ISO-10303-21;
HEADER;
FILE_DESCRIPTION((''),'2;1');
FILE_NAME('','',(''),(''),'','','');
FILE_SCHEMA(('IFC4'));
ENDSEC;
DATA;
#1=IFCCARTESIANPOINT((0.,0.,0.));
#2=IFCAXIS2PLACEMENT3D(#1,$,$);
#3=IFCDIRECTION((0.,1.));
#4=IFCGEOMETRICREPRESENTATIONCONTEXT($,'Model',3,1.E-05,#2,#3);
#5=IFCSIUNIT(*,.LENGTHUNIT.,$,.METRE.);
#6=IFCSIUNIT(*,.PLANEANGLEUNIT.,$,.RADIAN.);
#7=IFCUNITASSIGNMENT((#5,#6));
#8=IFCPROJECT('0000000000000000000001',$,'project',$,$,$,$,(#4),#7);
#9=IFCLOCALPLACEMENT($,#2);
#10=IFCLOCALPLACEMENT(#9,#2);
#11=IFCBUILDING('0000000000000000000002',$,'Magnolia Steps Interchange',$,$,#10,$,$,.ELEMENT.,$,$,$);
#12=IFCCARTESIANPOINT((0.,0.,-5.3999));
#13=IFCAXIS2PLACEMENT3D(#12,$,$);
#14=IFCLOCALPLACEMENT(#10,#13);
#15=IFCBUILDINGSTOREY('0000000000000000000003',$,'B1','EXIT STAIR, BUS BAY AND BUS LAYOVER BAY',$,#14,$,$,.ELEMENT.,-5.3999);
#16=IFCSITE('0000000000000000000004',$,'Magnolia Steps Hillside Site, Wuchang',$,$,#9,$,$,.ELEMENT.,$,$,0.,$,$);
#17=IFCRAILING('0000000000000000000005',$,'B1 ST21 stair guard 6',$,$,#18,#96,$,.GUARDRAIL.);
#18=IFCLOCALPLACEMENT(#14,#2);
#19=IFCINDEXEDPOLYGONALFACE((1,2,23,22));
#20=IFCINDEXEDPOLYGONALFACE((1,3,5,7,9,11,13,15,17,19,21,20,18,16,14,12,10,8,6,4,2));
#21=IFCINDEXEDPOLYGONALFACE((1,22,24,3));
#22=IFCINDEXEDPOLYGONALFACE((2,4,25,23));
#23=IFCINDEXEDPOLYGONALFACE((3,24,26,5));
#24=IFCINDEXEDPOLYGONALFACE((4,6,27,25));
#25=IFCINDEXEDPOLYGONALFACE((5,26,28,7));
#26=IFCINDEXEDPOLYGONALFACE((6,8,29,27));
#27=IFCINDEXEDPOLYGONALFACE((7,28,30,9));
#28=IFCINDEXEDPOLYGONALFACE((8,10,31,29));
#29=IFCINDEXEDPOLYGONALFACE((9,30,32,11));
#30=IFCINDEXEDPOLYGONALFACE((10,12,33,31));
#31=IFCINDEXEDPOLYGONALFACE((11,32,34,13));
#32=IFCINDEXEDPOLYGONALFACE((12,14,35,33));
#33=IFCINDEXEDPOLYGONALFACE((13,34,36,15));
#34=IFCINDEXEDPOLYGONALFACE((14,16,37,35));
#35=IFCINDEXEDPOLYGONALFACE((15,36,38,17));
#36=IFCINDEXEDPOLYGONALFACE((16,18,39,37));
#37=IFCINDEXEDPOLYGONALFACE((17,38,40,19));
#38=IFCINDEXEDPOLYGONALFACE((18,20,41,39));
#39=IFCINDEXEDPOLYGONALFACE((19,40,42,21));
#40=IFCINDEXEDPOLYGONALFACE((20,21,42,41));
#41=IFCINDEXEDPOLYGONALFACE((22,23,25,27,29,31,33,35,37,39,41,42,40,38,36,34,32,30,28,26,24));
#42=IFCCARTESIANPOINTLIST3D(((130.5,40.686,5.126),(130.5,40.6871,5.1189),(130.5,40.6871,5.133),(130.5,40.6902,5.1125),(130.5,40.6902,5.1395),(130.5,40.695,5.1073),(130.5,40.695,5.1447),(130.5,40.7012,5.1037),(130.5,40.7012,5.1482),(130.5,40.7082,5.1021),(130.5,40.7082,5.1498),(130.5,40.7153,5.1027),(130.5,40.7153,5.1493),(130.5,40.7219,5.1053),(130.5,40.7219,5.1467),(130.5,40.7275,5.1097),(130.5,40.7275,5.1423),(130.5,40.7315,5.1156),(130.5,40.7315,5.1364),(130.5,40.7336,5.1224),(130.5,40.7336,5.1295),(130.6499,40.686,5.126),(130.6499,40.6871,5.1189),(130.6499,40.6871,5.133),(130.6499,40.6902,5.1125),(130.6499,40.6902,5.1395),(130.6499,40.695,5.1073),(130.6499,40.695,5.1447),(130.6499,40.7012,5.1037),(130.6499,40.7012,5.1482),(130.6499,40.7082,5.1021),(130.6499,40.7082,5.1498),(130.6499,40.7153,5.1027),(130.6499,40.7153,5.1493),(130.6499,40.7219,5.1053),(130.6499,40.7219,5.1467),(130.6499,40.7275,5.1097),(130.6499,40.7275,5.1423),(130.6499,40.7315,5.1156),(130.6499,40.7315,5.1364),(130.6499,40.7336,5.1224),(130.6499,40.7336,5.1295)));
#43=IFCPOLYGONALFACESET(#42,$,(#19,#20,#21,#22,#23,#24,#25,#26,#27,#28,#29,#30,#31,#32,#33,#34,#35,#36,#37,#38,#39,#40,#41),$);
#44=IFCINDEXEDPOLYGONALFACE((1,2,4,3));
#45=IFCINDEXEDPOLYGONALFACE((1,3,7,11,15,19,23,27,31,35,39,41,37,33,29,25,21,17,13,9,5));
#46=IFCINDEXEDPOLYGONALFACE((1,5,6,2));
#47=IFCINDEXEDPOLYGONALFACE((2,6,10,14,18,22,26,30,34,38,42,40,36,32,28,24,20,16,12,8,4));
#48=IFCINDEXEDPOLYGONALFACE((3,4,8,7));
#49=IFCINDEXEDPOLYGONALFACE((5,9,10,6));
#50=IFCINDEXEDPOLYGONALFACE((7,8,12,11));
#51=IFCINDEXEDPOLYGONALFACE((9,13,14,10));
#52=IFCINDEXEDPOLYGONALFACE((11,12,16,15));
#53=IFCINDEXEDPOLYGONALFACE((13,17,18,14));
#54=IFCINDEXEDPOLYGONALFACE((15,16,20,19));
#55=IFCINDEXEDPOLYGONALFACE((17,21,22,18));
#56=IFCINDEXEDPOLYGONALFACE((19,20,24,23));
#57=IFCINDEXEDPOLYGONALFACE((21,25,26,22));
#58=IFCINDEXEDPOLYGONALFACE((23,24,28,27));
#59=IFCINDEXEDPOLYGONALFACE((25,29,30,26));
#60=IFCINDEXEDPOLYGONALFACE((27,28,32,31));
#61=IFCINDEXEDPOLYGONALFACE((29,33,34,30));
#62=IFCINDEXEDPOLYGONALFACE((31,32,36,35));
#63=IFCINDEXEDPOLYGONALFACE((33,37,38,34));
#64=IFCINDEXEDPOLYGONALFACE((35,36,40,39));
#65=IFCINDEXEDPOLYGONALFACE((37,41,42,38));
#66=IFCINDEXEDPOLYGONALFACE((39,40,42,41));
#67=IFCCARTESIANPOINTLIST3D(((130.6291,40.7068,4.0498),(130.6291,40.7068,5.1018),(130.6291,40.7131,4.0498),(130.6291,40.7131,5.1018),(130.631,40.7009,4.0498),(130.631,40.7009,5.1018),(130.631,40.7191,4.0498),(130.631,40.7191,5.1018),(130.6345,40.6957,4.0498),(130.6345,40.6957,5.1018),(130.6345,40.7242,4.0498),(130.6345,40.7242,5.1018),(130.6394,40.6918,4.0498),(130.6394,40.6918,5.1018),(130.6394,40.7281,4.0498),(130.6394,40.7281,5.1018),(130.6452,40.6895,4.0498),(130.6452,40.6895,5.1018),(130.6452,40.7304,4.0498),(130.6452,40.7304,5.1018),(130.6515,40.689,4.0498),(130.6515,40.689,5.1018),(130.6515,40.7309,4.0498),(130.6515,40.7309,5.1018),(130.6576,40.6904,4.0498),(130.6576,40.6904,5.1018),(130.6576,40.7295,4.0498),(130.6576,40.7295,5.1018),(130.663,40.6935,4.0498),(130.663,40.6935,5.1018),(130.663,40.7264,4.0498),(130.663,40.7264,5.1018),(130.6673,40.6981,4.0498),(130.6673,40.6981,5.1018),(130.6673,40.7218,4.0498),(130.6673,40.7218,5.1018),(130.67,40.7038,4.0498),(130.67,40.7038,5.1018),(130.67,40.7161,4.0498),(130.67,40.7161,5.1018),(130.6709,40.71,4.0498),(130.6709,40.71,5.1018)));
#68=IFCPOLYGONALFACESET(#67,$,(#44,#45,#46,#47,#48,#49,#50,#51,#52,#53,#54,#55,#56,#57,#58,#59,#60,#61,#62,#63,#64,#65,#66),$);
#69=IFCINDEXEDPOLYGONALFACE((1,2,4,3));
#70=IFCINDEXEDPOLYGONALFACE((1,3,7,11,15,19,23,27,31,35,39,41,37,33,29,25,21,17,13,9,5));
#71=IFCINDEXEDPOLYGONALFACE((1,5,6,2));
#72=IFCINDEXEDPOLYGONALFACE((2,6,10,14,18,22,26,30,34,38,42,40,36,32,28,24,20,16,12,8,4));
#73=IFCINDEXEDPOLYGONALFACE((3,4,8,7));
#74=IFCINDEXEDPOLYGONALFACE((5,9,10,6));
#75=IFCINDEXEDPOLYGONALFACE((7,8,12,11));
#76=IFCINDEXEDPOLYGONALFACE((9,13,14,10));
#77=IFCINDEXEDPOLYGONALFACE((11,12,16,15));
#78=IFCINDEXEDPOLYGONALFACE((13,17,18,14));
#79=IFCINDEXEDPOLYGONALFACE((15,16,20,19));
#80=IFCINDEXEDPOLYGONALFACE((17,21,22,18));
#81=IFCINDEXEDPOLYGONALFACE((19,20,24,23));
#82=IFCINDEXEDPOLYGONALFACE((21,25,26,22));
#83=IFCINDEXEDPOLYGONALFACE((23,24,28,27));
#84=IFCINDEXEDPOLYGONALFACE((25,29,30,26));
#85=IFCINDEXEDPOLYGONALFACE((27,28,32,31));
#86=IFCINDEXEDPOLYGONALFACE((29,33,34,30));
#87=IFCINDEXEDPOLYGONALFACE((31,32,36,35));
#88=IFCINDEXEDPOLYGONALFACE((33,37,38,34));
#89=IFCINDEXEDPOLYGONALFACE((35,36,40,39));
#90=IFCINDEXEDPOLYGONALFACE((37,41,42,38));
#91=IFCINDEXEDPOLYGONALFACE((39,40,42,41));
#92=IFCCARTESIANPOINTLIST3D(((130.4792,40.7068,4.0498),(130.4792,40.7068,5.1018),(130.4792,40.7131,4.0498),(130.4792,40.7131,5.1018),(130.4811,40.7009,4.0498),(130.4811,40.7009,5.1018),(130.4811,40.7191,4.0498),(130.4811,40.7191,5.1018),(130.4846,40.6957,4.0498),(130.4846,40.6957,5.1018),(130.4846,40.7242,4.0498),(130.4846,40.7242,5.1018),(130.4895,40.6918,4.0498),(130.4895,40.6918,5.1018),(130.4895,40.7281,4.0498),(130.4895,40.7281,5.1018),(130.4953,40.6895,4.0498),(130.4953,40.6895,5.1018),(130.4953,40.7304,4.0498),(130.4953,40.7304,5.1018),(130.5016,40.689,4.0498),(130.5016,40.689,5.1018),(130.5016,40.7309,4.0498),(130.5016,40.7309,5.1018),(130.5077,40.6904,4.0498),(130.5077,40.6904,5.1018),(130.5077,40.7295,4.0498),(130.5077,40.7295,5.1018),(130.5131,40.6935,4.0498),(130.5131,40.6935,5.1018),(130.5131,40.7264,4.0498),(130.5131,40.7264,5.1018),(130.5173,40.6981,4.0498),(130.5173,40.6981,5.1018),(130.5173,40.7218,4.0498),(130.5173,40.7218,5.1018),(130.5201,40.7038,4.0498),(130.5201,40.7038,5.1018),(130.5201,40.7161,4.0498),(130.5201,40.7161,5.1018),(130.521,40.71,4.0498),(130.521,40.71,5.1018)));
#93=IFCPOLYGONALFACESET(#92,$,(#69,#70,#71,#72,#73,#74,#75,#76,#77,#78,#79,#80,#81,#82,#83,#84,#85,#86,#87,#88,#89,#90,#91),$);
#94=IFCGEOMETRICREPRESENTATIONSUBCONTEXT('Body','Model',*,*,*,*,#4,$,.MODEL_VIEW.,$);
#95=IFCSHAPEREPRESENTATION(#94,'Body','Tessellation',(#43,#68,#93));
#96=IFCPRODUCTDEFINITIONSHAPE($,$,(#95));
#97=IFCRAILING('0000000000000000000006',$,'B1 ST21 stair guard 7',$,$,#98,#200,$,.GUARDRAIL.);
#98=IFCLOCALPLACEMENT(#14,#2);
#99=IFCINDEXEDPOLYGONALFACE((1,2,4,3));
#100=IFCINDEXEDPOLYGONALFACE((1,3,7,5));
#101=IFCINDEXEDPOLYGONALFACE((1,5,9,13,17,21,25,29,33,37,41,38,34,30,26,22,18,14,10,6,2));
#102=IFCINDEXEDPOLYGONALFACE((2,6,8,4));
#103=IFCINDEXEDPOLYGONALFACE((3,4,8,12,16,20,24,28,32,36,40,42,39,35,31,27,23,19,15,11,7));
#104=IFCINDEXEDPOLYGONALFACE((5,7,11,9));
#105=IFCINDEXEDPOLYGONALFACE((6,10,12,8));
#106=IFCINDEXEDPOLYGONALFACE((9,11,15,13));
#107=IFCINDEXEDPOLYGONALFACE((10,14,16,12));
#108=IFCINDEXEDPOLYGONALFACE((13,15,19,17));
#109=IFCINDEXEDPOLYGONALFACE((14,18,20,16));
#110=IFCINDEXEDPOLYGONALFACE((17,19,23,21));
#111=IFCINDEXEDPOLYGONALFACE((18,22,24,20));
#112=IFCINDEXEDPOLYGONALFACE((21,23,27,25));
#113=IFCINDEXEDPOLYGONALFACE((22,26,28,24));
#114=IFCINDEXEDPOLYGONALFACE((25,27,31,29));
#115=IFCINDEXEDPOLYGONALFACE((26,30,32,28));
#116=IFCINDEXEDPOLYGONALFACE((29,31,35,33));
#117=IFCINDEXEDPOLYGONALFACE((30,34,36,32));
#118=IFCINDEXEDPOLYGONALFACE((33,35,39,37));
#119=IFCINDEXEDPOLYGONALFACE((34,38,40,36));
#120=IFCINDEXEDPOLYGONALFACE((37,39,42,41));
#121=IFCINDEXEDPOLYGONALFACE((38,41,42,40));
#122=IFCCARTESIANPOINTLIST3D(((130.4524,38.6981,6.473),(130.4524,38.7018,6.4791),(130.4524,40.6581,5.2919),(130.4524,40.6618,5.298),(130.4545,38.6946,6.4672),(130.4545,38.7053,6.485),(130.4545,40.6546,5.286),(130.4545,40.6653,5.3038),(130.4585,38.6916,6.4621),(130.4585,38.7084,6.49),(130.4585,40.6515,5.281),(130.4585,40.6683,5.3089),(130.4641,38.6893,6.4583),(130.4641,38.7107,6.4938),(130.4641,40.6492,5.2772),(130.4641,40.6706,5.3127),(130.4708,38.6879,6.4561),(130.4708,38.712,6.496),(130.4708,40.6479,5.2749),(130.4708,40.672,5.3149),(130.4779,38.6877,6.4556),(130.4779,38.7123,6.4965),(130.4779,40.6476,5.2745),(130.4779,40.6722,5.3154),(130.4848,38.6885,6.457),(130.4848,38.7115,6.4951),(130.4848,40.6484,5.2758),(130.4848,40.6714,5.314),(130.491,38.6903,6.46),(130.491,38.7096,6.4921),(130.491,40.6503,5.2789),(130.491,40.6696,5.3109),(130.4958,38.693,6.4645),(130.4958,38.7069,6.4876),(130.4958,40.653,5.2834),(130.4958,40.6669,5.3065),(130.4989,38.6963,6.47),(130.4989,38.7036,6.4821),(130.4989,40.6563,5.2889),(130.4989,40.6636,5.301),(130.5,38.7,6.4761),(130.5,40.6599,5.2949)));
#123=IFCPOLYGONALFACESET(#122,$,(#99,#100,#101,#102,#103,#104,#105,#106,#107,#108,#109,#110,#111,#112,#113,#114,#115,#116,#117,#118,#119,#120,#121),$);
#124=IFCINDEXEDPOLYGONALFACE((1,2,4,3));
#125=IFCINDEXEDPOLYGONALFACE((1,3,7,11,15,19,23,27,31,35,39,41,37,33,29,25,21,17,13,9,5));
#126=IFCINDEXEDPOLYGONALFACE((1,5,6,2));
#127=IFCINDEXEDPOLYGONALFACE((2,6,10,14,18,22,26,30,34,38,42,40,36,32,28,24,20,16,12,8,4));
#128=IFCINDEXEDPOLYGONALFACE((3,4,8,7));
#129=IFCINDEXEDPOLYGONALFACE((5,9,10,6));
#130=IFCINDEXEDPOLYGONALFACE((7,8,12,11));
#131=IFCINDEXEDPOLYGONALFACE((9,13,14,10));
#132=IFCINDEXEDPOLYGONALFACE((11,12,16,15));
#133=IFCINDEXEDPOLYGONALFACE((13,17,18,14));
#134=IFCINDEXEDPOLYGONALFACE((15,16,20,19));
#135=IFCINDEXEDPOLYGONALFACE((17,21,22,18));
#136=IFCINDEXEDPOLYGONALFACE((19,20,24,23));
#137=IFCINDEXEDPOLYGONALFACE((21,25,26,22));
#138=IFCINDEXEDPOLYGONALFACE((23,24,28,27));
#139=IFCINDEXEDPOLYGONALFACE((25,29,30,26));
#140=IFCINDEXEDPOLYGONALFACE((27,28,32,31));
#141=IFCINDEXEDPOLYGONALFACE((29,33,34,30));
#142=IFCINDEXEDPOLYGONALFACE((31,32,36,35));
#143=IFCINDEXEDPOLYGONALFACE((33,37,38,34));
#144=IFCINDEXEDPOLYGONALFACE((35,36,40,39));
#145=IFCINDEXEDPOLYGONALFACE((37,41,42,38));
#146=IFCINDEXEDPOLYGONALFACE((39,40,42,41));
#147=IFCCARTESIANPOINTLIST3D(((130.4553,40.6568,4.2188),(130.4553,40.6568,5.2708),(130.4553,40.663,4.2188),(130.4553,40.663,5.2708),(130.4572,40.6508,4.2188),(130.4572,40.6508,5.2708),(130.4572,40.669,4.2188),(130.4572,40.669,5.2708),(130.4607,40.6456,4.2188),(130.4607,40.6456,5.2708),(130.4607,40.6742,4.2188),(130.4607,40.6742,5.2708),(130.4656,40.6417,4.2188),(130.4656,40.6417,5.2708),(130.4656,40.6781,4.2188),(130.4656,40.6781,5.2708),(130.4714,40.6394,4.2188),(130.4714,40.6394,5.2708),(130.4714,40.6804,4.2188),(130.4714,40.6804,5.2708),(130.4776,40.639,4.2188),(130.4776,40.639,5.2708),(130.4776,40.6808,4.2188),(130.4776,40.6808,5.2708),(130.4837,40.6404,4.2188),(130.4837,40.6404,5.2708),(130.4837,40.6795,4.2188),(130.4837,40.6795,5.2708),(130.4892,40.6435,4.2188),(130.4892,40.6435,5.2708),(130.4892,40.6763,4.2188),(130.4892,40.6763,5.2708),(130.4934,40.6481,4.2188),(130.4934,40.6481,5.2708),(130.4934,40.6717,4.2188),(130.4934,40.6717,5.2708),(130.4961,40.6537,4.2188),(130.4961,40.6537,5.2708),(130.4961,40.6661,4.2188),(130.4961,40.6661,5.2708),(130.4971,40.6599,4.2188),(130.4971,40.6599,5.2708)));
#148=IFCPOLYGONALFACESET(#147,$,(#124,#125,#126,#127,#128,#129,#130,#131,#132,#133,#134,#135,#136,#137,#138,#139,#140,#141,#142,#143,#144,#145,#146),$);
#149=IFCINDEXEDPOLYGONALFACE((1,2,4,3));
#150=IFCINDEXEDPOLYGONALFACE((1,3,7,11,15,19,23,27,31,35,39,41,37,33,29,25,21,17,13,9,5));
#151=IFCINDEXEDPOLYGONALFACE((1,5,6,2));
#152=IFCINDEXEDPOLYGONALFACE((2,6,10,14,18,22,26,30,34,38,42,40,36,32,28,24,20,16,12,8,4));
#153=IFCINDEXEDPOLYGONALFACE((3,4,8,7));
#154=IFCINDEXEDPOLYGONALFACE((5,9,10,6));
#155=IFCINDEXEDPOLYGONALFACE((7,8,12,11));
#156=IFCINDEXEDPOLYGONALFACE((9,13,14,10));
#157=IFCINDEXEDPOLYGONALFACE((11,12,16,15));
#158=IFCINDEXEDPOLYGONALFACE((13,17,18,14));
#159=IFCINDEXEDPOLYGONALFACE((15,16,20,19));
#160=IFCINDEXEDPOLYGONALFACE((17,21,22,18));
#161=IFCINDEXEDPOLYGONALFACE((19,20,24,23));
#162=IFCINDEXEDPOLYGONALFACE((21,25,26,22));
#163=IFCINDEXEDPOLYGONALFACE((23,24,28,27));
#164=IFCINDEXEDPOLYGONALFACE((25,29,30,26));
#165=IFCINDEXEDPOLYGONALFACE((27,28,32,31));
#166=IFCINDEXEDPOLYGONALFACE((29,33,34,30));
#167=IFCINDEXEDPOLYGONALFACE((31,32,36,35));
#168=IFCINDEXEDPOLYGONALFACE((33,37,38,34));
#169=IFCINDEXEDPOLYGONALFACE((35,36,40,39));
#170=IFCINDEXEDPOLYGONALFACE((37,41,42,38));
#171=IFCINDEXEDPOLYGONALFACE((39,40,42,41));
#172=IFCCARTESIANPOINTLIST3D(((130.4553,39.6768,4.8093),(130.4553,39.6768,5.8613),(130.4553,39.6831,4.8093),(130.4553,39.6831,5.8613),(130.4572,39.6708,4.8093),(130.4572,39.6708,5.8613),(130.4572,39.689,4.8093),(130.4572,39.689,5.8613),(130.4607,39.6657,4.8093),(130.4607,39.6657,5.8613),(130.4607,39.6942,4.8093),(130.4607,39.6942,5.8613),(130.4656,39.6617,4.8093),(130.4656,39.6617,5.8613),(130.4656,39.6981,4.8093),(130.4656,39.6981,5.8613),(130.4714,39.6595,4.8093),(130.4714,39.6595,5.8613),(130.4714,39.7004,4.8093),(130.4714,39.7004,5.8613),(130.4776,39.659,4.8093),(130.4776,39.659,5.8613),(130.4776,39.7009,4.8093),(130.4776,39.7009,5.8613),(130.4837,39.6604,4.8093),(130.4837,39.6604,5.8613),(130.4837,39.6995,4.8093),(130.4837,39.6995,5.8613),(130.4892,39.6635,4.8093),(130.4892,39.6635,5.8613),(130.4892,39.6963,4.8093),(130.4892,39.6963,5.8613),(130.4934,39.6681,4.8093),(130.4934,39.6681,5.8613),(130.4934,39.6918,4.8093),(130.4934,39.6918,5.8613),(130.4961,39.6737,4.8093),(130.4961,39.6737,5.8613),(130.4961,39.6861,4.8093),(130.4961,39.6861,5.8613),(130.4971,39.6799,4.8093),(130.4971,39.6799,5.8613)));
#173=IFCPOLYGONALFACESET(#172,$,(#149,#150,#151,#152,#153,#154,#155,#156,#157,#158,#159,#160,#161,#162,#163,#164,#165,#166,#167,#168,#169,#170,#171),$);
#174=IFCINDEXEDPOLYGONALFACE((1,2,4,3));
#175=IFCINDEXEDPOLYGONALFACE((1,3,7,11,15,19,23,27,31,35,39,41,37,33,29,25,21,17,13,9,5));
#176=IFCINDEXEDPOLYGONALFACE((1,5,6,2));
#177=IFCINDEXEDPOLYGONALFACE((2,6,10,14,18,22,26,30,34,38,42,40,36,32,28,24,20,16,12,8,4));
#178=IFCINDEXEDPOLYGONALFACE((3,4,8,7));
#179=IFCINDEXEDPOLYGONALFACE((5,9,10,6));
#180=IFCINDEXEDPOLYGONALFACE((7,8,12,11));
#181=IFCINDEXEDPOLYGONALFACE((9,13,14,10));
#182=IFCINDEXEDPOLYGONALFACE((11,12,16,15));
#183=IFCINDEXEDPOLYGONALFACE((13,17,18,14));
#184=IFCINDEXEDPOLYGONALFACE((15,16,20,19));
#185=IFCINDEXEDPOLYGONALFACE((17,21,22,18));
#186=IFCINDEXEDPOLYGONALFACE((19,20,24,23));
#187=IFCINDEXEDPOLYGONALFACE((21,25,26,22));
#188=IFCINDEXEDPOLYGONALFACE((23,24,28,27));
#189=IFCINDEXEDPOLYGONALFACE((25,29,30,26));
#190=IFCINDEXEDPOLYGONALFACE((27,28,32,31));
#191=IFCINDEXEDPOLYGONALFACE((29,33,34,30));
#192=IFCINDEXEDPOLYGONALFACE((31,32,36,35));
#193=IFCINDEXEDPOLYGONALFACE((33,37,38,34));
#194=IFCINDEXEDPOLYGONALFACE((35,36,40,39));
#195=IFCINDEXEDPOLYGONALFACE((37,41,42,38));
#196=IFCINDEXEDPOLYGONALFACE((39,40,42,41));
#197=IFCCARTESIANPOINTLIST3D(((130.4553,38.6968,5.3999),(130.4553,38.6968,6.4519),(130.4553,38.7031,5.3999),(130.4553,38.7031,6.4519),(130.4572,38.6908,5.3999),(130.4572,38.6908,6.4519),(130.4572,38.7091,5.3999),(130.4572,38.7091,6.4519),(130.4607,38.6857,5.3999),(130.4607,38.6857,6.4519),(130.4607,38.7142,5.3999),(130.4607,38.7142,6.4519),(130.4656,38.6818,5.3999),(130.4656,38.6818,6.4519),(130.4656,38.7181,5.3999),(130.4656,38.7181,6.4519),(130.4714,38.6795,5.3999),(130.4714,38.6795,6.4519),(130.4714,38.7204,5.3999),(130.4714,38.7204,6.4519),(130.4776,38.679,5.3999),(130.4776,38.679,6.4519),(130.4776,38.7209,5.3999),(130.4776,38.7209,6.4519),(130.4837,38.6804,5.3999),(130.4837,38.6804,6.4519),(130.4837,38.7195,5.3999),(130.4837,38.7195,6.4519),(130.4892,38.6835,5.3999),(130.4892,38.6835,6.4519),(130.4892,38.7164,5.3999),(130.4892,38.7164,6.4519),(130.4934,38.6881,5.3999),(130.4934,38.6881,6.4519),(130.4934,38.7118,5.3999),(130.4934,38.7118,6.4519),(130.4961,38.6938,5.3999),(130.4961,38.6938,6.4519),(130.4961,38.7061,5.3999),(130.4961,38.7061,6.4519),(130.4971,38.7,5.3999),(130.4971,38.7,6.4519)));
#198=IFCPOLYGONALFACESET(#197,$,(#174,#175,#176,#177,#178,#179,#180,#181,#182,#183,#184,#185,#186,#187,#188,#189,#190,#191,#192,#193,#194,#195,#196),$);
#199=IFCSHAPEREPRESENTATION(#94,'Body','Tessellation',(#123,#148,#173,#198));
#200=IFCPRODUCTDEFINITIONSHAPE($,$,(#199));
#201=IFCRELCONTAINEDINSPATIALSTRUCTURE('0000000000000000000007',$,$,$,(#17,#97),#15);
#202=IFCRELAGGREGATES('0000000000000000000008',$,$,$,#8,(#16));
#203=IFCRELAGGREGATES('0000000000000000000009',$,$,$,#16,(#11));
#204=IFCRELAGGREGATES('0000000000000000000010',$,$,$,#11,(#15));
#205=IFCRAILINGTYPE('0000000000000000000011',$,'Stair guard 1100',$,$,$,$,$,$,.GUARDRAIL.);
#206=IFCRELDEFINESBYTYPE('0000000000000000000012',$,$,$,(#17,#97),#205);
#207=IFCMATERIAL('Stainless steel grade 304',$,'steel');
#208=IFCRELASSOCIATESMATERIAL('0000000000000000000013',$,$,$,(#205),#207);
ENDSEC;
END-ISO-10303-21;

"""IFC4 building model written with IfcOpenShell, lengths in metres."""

from ifc_helpers import new_model, si_unit, direction, frame, origin, origin_2d, place, context, subcontext, project, spatial, circle, extrude, material, type_object, element, save


model = new_model("IFC4")

# Units and contexts
model_context = context("Model", 3, precision=1e-05, world=origin(), true_north=direction((0.0, 1.0)))
body_context = subcontext(model_context, "Body", "Model", "MODEL_VIEW")
ifc_project = project(units=[si_unit("LENGTHUNIT", "METRE"), si_unit("PLANEANGLEUNIT", "RADIAN")], contexts=[model_context])

# Site, building, storey
site_placement = place(None, origin())
site = spatial("IfcSite", under=ifc_project, at=site_placement, Name="Magnolia Steps Hillside Site, Wuchang", CompositionType="ELEMENT", RefElevation=0.0)
building_placement = place(site_placement, origin())
building = spatial("IfcBuilding", under=site, at=building_placement, Name="Magnolia Steps Interchange", CompositionType="ELEMENT")
storey_placement = place(building_placement, frame((0.0, 0.0, -5.3999)))
storey = spatial("IfcBuildingStorey", under=building, at=storey_placement, Name="B1", Description="EXIT STAIR, BUS BAY AND BUS LAYOVER BAY", CompositionType="ELEMENT", Elevation=-5.3999)

# Railings
ifc_material_1 = material(Name="Stainless steel grade 304", Category="steel")
railing_type_1 = type_object("IfcRailingType", Name="Stair guard 1100", PredefinedType="GUARDRAIL", material=ifc_material_1)
railing_1_placement = place(storey_placement, frame((130.6499, 40.71, 4.0498)))
element("IfcRailing", 1, at=railing_1_placement, inside=storey, type_object=railing_type_1, Name="B1 ST21 stair guard 6", PredefinedType="GUARDRAIL", context=body_context, shape_type="SweptSolid", body=[
    extrude(circle(Radius=0.0239, at=origin_2d()), frame((0.0, 0.0, 1.0762), z_axis=(-1.0, 0.0, 0.0), x_axis=(0.0, -1.0, 0.0)), (0.0, 0.0, 1.0), 0.1499),
    extrude(circle(Radius=0.021, at=origin_2d()), origin(), (0.0, 0.0, 1.0), 1.052),
    extrude(circle(Radius=0.021, at=origin_2d()), frame((-0.1499, 0.0, 0.0)), (0.0, 0.0, 1.0), 1.052),
])
railing_2_placement = place(storey_placement, frame((130.4761, 40.6599, 4.2188)))
element("IfcRailing", 2, at=railing_2_placement, inside=storey, type_object=railing_type_1, Name="B1 ST21 stair guard 7", PredefinedType="GUARDRAIL", context=body_context, shape_type="SweptSolid", body=[
    extrude(circle(Radius=0.0239, at=origin_2d()), frame((0.0, 0.0, 1.0762), z_axis=(0.0, -0.856493, 0.516158), x_axis=(1.0, 0.0, 0.0)), (0.0, 0.0, 1.0), 2.2883),
    extrude(circle(Radius=0.021, at=origin_2d()), origin(), (0.0, 0.0, 1.0), 1.052),
    extrude(circle(Radius=0.021, at=origin_2d()), frame((0.0, -0.98, 0.5906)), (0.0, 0.0, 1.0), 1.052),
    extrude(circle(Radius=0.021, at=origin_2d()), frame((0.0, -1.96, 1.1812)), (0.0, 0.0, 1.0), 1.052),
])

save(model, "model.ifc")
